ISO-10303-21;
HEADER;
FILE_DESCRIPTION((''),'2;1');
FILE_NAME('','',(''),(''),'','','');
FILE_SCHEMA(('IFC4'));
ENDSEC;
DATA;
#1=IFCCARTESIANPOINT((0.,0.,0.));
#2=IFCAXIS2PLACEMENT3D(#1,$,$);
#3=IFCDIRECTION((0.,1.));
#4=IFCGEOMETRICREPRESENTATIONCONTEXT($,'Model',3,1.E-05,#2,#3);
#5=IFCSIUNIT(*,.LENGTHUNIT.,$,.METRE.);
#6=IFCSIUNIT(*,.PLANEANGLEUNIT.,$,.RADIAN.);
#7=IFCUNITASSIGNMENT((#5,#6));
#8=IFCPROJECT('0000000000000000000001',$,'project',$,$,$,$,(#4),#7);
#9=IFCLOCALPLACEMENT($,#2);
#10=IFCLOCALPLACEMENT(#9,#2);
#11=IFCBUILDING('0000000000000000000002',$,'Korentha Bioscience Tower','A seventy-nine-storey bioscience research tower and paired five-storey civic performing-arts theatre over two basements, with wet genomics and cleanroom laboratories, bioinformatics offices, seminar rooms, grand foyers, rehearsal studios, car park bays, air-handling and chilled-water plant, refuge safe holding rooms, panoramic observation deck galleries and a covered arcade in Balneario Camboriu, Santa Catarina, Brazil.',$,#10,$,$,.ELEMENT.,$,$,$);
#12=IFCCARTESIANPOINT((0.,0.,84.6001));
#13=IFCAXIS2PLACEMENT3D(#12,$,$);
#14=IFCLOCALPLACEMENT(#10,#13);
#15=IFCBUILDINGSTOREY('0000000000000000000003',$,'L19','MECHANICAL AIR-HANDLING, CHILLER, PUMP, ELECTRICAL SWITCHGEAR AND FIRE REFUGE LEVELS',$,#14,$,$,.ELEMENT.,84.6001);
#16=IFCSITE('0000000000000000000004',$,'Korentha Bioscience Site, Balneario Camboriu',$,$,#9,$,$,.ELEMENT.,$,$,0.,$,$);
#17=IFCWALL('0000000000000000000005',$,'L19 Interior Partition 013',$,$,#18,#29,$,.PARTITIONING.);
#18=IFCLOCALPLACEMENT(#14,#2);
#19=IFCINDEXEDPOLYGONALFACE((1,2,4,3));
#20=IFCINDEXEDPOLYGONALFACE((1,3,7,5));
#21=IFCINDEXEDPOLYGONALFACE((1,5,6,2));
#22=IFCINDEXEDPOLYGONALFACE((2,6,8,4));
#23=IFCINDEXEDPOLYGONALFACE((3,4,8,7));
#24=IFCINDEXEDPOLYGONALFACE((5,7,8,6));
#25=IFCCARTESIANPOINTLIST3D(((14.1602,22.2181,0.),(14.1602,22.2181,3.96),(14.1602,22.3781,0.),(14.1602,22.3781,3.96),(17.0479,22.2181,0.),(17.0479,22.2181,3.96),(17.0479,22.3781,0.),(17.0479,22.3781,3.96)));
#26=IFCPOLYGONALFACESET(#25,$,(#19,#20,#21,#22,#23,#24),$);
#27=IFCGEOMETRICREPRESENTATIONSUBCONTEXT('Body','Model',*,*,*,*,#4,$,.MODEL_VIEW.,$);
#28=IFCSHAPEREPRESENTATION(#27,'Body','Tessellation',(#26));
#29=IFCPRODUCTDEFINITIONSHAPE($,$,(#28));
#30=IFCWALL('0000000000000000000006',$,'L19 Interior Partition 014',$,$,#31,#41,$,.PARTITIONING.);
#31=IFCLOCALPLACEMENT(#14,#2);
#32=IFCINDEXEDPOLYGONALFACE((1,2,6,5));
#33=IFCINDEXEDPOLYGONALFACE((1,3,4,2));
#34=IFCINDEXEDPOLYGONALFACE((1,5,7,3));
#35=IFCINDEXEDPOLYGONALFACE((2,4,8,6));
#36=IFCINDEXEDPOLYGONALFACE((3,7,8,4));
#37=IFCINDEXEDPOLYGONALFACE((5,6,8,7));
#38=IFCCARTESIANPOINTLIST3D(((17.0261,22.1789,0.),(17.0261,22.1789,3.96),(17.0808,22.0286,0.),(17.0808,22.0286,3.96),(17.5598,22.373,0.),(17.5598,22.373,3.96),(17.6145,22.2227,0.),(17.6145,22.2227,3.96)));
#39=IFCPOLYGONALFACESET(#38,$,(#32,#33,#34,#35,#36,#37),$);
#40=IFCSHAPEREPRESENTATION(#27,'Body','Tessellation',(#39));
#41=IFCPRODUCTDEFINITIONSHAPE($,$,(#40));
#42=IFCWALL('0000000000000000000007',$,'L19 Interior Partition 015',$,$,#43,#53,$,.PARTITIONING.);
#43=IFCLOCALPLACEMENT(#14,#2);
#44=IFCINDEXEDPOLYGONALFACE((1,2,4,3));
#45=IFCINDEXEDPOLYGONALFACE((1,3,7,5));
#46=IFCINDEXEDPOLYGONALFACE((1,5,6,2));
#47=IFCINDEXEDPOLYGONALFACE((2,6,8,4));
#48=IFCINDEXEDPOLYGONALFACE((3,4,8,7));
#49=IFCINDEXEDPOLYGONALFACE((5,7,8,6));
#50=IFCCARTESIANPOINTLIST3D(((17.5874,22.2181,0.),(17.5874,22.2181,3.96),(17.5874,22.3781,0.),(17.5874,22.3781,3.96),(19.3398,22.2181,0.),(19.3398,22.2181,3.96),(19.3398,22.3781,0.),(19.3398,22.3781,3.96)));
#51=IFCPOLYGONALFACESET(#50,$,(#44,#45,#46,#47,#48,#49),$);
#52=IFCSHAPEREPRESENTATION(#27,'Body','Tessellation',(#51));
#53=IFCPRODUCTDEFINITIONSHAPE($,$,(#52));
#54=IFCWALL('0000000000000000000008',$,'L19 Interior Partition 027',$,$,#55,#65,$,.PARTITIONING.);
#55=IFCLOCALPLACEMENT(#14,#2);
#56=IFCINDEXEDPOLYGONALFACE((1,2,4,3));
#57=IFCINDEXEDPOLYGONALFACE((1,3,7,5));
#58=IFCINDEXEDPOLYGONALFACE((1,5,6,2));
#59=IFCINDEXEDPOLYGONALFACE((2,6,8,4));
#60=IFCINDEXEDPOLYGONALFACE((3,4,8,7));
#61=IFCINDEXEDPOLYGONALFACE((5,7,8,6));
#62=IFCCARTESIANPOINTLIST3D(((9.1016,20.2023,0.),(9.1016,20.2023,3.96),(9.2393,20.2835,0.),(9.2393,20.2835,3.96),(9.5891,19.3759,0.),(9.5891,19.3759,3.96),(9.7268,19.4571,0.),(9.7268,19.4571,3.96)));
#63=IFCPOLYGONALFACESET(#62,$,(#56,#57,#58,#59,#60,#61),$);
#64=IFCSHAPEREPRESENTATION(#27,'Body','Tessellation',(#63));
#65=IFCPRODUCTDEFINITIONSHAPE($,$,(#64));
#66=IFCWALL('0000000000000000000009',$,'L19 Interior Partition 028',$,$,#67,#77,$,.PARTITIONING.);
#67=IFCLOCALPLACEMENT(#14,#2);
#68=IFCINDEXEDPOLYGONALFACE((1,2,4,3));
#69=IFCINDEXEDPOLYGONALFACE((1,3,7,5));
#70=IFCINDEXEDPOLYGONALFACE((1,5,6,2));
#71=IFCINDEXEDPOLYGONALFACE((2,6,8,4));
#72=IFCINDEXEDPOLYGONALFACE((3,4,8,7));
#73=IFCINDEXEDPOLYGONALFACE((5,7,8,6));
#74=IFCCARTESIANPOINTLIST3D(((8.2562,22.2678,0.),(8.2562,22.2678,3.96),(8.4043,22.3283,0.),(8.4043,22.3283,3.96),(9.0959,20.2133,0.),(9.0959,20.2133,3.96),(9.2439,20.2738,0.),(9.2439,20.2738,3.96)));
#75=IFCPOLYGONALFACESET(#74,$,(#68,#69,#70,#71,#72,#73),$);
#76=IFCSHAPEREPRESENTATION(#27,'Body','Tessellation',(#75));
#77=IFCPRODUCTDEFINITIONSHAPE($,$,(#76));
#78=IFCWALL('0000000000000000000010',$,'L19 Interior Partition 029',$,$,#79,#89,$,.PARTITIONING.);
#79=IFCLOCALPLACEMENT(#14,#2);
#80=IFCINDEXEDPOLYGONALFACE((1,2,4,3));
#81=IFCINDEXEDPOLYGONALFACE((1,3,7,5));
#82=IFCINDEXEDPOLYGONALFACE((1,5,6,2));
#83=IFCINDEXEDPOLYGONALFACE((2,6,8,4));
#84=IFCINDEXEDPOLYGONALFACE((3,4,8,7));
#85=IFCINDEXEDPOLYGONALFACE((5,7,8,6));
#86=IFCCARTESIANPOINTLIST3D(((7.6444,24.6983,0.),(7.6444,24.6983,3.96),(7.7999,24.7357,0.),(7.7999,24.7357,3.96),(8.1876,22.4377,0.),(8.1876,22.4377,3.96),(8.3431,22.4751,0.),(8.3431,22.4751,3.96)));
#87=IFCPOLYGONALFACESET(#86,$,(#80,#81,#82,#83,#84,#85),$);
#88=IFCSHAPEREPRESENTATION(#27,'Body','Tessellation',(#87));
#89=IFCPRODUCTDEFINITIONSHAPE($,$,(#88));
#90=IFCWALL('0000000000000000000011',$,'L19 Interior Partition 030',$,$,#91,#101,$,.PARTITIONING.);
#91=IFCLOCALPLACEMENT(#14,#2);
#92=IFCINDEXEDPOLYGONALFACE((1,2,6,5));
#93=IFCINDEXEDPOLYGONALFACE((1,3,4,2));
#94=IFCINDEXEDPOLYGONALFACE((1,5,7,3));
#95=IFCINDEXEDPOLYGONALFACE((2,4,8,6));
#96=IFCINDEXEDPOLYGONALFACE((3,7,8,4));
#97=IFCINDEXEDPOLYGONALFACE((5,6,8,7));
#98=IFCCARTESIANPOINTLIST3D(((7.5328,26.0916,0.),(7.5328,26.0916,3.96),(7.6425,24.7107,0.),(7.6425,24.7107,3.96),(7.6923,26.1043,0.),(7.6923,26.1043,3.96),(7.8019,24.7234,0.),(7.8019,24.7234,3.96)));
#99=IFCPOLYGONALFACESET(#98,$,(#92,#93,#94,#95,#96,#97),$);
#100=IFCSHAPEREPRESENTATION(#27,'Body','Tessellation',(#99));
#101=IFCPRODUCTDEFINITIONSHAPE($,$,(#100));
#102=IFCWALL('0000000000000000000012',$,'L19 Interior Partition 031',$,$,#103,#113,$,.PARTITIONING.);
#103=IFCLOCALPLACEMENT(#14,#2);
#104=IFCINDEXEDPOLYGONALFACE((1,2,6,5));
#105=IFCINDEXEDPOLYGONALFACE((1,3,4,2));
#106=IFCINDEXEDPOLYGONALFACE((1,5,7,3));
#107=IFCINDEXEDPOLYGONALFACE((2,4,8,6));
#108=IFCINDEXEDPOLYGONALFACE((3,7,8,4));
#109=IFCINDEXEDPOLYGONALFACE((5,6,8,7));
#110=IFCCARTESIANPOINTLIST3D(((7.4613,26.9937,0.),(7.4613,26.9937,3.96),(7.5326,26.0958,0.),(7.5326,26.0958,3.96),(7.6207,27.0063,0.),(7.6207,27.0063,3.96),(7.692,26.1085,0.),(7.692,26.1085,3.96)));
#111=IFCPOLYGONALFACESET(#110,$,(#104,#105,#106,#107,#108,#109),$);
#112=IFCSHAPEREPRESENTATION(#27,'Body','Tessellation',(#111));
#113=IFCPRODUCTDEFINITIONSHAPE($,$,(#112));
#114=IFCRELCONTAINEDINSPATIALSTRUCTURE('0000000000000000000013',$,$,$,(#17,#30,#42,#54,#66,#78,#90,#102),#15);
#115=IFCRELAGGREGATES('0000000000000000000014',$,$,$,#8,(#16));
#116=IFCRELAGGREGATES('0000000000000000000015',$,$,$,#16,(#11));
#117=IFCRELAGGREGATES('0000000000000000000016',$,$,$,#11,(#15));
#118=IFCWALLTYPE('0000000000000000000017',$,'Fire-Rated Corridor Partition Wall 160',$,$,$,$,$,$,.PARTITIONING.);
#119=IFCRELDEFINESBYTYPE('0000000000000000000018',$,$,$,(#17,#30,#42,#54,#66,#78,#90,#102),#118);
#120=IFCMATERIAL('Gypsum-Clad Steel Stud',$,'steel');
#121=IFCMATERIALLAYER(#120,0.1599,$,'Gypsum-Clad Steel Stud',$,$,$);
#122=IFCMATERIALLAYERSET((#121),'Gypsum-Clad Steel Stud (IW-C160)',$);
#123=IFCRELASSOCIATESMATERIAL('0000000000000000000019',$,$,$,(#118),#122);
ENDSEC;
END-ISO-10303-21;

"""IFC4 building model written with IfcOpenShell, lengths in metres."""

from ifc_helpers import new_model, si_unit, direction, frame, frame_2d, origin, place, context, subcontext, project, spatial, rectangle, extrude, material, layer, layer_set, type_object, element, save


model = new_model("IFC4")

# Units and contexts
model_context = context("Model", 3, precision=1e-05, world=origin(), true_north=direction((0.0, 1.0)))
body_context = subcontext(model_context, "Body", "Model", "MODEL_VIEW")
ifc_project = project(units=[si_unit("LENGTHUNIT", "METRE"), si_unit("PLANEANGLEUNIT", "RADIAN")], contexts=[model_context])

# Site, building, storey
site_placement = place(None, origin())
site = spatial("IfcSite", under=ifc_project, at=site_placement, Name="Korentha Bioscience Site, Balneario Camboriu", CompositionType="ELEMENT", RefElevation=0.0)
building_placement = place(site_placement, origin())
building = spatial("IfcBuilding", under=site, at=building_placement, Name="Korentha Bioscience Tower", Description="A seventy-nine-storey bioscience research tower and paired five-storey civic performing-arts theatre over two basements, with wet genomics and cleanroom laboratories, bioinformatics offices, seminar rooms, grand foyers, rehearsal studios, car park bays, air-handling and chilled-water plant, refuge safe holding rooms, panoramic observation deck galleries and a covered arcade in Balneario Camboriu, Santa Catarina, Brazil.", CompositionType="ELEMENT")
storey_placement = place(building_placement, frame((0.0, 0.0, 84.6001)))
storey = spatial("IfcBuildingStorey", under=building, at=storey_placement, Name="L19", Description="MECHANICAL AIR-HANDLING, CHILLER, PUMP, ELECTRICAL SWITCHGEAR AND FIRE REFUGE LEVELS", CompositionType="ELEMENT", Elevation=84.6001)

# Walls
ifc_material_1 = material(Name="Gypsum-Clad Steel Stud", Category="steel")
ifc_layer_1 = layer(ifc_material_1, 0.1599, Name="Gypsum-Clad Steel Stud")
ifc_layer_set_1 = layer_set([ifc_layer_1], Name="Gypsum-Clad Steel Stud (IW-C160)")
wall_type_1 = type_object("IfcWallType", Name="Fire-Rated Corridor Partition Wall 160", PredefinedType="PARTITIONING", material=ifc_layer_set_1)
wall_1_placement = place(storey_placement, frame((14.1602, 22.2981, 0.0), z_axis=(0.0, 0.0, 1.0), x_axis=(1.0, 0.0, 0.0)))
element("IfcWall", 1, at=wall_1_placement, inside=storey, type_object=wall_type_1, Name="L19 Interior Partition 013", PredefinedType="PARTITIONING", context=body_context, shape_type="SweptSolid", body=[
    extrude(rectangle(XDim=2.8877, YDim=0.1599, at=frame_2d((1.4438, 0.0))), origin(), (0.0, 0.0, 1.0), 3.96),
])
wall_2_placement = place(storey_placement, frame((17.0535, 22.1038, 0.0), z_axis=(0.0, 0.0, 1.0), x_axis=(0.939781, 0.341778, 0.0)))
element("IfcWall", 2, at=wall_2_placement, inside=storey, type_object=wall_type_1, Name="L19 Interior Partition 014", PredefinedType="PARTITIONING", context=body_context, shape_type="SweptSolid", body=[
    extrude(rectangle(XDim=0.5679, YDim=0.1599, at=frame_2d((0.2839, 0.0))), origin(), (0.0, 0.0, 1.0), 3.96),
])
wall_3_placement = place(storey_placement, frame((17.5874, 22.2981, 0.0), z_axis=(0.0, 0.0, 1.0), x_axis=(1.0, 0.0, 0.0)))
element("IfcWall", 3, at=wall_3_placement, inside=storey, type_object=wall_type_1, Name="L19 Interior Partition 015", PredefinedType="PARTITIONING", context=body_context, shape_type="SweptSolid", body=[
    extrude(rectangle(XDim=1.7524, YDim=0.1599, at=frame_2d((0.8762, 0.0))), origin(), (0.0, 0.0, 1.0), 3.96),
])
wall_4_placement = place(storey_placement, frame((9.658, 19.4165, 0.0), z_axis=(0.0, 0.0, 1.0), x_axis=(-0.508121, 0.861286, 0.0)))
element("IfcWall", 4, at=wall_4_placement, inside=storey, type_object=wall_type_1, Name="L19 Interior Partition 027", PredefinedType="PARTITIONING", context=body_context, shape_type="SweptSolid", body=[
    extrude(rectangle(XDim=0.9595, YDim=0.1599, at=frame_2d((0.4797, 0.0))), origin(), (0.0, 0.0, 1.0), 3.96),
])
wall_5_placement = place(storey_placement, frame((9.1699, 20.2434, 0.0), z_axis=(0.0, 0.0, 1.0), x_axis=(-0.378303, 0.925682, 0.0)))
element("IfcWall", 5, at=wall_5_placement, inside=storey, type_object=wall_type_1, Name="L19 Interior Partition 028", PredefinedType="PARTITIONING", context=body_context, shape_type="SweptSolid", body=[
    extrude(rectangle(XDim=2.2195, YDim=0.1599, at=frame_2d((1.1099, 0.0))), origin(), (0.0, 0.0, 1.0), 3.96),
])
wall_6_placement = place(storey_placement, frame((8.2654, 22.4563, 0.0), z_axis=(0.0, 0.0, 1.0), x_axis=(-0.233655, 0.97232, 0.0)))
element("IfcWall", 6, at=wall_6_placement, inside=storey, type_object=wall_type_1, Name="L19 Interior Partition 029", PredefinedType="PARTITIONING", context=body_context, shape_type="SweptSolid", body=[
    extrude(rectangle(XDim=2.325, YDim=0.1599, at=frame_2d((1.1626, 0.0))), origin(), (0.0, 0.0, 1.0), 3.96),
])
wall_7_placement = place(storey_placement, frame((7.7222, 24.717, 0.0), z_axis=(0.0, 0.0, 1.0), x_axis=(-0.079136, 0.996864, 0.0)))
element("IfcWall", 7, at=wall_7_placement, inside=storey, type_object=wall_type_1, Name="L19 Interior Partition 030", PredefinedType="PARTITIONING", context=body_context, shape_type="SweptSolid", body=[
    extrude(rectangle(XDim=1.3853, YDim=0.1599, at=frame_2d((0.6926, 0.0))), origin(), (0.0, 0.0, 1.0), 3.96),
])
wall_8_placement = place(storey_placement, frame((7.6123, 26.1023, 0.0), z_axis=(0.0, 0.0, 1.0), x_axis=(-0.079163, 0.996862, 0.0)))
element("IfcWall", 8, at=wall_8_placement, inside=storey, type_object=wall_type_1, Name="L19 Interior Partition 031", PredefinedType="PARTITIONING", context=body_context, shape_type="SweptSolid", body=[
    extrude(rectangle(XDim=0.9006, YDim=0.1599, at=frame_2d((0.4502, 0.0))), origin(), (0.0, 0.0, 1.0), 3.96),
])

save(model, "model.ifc")
